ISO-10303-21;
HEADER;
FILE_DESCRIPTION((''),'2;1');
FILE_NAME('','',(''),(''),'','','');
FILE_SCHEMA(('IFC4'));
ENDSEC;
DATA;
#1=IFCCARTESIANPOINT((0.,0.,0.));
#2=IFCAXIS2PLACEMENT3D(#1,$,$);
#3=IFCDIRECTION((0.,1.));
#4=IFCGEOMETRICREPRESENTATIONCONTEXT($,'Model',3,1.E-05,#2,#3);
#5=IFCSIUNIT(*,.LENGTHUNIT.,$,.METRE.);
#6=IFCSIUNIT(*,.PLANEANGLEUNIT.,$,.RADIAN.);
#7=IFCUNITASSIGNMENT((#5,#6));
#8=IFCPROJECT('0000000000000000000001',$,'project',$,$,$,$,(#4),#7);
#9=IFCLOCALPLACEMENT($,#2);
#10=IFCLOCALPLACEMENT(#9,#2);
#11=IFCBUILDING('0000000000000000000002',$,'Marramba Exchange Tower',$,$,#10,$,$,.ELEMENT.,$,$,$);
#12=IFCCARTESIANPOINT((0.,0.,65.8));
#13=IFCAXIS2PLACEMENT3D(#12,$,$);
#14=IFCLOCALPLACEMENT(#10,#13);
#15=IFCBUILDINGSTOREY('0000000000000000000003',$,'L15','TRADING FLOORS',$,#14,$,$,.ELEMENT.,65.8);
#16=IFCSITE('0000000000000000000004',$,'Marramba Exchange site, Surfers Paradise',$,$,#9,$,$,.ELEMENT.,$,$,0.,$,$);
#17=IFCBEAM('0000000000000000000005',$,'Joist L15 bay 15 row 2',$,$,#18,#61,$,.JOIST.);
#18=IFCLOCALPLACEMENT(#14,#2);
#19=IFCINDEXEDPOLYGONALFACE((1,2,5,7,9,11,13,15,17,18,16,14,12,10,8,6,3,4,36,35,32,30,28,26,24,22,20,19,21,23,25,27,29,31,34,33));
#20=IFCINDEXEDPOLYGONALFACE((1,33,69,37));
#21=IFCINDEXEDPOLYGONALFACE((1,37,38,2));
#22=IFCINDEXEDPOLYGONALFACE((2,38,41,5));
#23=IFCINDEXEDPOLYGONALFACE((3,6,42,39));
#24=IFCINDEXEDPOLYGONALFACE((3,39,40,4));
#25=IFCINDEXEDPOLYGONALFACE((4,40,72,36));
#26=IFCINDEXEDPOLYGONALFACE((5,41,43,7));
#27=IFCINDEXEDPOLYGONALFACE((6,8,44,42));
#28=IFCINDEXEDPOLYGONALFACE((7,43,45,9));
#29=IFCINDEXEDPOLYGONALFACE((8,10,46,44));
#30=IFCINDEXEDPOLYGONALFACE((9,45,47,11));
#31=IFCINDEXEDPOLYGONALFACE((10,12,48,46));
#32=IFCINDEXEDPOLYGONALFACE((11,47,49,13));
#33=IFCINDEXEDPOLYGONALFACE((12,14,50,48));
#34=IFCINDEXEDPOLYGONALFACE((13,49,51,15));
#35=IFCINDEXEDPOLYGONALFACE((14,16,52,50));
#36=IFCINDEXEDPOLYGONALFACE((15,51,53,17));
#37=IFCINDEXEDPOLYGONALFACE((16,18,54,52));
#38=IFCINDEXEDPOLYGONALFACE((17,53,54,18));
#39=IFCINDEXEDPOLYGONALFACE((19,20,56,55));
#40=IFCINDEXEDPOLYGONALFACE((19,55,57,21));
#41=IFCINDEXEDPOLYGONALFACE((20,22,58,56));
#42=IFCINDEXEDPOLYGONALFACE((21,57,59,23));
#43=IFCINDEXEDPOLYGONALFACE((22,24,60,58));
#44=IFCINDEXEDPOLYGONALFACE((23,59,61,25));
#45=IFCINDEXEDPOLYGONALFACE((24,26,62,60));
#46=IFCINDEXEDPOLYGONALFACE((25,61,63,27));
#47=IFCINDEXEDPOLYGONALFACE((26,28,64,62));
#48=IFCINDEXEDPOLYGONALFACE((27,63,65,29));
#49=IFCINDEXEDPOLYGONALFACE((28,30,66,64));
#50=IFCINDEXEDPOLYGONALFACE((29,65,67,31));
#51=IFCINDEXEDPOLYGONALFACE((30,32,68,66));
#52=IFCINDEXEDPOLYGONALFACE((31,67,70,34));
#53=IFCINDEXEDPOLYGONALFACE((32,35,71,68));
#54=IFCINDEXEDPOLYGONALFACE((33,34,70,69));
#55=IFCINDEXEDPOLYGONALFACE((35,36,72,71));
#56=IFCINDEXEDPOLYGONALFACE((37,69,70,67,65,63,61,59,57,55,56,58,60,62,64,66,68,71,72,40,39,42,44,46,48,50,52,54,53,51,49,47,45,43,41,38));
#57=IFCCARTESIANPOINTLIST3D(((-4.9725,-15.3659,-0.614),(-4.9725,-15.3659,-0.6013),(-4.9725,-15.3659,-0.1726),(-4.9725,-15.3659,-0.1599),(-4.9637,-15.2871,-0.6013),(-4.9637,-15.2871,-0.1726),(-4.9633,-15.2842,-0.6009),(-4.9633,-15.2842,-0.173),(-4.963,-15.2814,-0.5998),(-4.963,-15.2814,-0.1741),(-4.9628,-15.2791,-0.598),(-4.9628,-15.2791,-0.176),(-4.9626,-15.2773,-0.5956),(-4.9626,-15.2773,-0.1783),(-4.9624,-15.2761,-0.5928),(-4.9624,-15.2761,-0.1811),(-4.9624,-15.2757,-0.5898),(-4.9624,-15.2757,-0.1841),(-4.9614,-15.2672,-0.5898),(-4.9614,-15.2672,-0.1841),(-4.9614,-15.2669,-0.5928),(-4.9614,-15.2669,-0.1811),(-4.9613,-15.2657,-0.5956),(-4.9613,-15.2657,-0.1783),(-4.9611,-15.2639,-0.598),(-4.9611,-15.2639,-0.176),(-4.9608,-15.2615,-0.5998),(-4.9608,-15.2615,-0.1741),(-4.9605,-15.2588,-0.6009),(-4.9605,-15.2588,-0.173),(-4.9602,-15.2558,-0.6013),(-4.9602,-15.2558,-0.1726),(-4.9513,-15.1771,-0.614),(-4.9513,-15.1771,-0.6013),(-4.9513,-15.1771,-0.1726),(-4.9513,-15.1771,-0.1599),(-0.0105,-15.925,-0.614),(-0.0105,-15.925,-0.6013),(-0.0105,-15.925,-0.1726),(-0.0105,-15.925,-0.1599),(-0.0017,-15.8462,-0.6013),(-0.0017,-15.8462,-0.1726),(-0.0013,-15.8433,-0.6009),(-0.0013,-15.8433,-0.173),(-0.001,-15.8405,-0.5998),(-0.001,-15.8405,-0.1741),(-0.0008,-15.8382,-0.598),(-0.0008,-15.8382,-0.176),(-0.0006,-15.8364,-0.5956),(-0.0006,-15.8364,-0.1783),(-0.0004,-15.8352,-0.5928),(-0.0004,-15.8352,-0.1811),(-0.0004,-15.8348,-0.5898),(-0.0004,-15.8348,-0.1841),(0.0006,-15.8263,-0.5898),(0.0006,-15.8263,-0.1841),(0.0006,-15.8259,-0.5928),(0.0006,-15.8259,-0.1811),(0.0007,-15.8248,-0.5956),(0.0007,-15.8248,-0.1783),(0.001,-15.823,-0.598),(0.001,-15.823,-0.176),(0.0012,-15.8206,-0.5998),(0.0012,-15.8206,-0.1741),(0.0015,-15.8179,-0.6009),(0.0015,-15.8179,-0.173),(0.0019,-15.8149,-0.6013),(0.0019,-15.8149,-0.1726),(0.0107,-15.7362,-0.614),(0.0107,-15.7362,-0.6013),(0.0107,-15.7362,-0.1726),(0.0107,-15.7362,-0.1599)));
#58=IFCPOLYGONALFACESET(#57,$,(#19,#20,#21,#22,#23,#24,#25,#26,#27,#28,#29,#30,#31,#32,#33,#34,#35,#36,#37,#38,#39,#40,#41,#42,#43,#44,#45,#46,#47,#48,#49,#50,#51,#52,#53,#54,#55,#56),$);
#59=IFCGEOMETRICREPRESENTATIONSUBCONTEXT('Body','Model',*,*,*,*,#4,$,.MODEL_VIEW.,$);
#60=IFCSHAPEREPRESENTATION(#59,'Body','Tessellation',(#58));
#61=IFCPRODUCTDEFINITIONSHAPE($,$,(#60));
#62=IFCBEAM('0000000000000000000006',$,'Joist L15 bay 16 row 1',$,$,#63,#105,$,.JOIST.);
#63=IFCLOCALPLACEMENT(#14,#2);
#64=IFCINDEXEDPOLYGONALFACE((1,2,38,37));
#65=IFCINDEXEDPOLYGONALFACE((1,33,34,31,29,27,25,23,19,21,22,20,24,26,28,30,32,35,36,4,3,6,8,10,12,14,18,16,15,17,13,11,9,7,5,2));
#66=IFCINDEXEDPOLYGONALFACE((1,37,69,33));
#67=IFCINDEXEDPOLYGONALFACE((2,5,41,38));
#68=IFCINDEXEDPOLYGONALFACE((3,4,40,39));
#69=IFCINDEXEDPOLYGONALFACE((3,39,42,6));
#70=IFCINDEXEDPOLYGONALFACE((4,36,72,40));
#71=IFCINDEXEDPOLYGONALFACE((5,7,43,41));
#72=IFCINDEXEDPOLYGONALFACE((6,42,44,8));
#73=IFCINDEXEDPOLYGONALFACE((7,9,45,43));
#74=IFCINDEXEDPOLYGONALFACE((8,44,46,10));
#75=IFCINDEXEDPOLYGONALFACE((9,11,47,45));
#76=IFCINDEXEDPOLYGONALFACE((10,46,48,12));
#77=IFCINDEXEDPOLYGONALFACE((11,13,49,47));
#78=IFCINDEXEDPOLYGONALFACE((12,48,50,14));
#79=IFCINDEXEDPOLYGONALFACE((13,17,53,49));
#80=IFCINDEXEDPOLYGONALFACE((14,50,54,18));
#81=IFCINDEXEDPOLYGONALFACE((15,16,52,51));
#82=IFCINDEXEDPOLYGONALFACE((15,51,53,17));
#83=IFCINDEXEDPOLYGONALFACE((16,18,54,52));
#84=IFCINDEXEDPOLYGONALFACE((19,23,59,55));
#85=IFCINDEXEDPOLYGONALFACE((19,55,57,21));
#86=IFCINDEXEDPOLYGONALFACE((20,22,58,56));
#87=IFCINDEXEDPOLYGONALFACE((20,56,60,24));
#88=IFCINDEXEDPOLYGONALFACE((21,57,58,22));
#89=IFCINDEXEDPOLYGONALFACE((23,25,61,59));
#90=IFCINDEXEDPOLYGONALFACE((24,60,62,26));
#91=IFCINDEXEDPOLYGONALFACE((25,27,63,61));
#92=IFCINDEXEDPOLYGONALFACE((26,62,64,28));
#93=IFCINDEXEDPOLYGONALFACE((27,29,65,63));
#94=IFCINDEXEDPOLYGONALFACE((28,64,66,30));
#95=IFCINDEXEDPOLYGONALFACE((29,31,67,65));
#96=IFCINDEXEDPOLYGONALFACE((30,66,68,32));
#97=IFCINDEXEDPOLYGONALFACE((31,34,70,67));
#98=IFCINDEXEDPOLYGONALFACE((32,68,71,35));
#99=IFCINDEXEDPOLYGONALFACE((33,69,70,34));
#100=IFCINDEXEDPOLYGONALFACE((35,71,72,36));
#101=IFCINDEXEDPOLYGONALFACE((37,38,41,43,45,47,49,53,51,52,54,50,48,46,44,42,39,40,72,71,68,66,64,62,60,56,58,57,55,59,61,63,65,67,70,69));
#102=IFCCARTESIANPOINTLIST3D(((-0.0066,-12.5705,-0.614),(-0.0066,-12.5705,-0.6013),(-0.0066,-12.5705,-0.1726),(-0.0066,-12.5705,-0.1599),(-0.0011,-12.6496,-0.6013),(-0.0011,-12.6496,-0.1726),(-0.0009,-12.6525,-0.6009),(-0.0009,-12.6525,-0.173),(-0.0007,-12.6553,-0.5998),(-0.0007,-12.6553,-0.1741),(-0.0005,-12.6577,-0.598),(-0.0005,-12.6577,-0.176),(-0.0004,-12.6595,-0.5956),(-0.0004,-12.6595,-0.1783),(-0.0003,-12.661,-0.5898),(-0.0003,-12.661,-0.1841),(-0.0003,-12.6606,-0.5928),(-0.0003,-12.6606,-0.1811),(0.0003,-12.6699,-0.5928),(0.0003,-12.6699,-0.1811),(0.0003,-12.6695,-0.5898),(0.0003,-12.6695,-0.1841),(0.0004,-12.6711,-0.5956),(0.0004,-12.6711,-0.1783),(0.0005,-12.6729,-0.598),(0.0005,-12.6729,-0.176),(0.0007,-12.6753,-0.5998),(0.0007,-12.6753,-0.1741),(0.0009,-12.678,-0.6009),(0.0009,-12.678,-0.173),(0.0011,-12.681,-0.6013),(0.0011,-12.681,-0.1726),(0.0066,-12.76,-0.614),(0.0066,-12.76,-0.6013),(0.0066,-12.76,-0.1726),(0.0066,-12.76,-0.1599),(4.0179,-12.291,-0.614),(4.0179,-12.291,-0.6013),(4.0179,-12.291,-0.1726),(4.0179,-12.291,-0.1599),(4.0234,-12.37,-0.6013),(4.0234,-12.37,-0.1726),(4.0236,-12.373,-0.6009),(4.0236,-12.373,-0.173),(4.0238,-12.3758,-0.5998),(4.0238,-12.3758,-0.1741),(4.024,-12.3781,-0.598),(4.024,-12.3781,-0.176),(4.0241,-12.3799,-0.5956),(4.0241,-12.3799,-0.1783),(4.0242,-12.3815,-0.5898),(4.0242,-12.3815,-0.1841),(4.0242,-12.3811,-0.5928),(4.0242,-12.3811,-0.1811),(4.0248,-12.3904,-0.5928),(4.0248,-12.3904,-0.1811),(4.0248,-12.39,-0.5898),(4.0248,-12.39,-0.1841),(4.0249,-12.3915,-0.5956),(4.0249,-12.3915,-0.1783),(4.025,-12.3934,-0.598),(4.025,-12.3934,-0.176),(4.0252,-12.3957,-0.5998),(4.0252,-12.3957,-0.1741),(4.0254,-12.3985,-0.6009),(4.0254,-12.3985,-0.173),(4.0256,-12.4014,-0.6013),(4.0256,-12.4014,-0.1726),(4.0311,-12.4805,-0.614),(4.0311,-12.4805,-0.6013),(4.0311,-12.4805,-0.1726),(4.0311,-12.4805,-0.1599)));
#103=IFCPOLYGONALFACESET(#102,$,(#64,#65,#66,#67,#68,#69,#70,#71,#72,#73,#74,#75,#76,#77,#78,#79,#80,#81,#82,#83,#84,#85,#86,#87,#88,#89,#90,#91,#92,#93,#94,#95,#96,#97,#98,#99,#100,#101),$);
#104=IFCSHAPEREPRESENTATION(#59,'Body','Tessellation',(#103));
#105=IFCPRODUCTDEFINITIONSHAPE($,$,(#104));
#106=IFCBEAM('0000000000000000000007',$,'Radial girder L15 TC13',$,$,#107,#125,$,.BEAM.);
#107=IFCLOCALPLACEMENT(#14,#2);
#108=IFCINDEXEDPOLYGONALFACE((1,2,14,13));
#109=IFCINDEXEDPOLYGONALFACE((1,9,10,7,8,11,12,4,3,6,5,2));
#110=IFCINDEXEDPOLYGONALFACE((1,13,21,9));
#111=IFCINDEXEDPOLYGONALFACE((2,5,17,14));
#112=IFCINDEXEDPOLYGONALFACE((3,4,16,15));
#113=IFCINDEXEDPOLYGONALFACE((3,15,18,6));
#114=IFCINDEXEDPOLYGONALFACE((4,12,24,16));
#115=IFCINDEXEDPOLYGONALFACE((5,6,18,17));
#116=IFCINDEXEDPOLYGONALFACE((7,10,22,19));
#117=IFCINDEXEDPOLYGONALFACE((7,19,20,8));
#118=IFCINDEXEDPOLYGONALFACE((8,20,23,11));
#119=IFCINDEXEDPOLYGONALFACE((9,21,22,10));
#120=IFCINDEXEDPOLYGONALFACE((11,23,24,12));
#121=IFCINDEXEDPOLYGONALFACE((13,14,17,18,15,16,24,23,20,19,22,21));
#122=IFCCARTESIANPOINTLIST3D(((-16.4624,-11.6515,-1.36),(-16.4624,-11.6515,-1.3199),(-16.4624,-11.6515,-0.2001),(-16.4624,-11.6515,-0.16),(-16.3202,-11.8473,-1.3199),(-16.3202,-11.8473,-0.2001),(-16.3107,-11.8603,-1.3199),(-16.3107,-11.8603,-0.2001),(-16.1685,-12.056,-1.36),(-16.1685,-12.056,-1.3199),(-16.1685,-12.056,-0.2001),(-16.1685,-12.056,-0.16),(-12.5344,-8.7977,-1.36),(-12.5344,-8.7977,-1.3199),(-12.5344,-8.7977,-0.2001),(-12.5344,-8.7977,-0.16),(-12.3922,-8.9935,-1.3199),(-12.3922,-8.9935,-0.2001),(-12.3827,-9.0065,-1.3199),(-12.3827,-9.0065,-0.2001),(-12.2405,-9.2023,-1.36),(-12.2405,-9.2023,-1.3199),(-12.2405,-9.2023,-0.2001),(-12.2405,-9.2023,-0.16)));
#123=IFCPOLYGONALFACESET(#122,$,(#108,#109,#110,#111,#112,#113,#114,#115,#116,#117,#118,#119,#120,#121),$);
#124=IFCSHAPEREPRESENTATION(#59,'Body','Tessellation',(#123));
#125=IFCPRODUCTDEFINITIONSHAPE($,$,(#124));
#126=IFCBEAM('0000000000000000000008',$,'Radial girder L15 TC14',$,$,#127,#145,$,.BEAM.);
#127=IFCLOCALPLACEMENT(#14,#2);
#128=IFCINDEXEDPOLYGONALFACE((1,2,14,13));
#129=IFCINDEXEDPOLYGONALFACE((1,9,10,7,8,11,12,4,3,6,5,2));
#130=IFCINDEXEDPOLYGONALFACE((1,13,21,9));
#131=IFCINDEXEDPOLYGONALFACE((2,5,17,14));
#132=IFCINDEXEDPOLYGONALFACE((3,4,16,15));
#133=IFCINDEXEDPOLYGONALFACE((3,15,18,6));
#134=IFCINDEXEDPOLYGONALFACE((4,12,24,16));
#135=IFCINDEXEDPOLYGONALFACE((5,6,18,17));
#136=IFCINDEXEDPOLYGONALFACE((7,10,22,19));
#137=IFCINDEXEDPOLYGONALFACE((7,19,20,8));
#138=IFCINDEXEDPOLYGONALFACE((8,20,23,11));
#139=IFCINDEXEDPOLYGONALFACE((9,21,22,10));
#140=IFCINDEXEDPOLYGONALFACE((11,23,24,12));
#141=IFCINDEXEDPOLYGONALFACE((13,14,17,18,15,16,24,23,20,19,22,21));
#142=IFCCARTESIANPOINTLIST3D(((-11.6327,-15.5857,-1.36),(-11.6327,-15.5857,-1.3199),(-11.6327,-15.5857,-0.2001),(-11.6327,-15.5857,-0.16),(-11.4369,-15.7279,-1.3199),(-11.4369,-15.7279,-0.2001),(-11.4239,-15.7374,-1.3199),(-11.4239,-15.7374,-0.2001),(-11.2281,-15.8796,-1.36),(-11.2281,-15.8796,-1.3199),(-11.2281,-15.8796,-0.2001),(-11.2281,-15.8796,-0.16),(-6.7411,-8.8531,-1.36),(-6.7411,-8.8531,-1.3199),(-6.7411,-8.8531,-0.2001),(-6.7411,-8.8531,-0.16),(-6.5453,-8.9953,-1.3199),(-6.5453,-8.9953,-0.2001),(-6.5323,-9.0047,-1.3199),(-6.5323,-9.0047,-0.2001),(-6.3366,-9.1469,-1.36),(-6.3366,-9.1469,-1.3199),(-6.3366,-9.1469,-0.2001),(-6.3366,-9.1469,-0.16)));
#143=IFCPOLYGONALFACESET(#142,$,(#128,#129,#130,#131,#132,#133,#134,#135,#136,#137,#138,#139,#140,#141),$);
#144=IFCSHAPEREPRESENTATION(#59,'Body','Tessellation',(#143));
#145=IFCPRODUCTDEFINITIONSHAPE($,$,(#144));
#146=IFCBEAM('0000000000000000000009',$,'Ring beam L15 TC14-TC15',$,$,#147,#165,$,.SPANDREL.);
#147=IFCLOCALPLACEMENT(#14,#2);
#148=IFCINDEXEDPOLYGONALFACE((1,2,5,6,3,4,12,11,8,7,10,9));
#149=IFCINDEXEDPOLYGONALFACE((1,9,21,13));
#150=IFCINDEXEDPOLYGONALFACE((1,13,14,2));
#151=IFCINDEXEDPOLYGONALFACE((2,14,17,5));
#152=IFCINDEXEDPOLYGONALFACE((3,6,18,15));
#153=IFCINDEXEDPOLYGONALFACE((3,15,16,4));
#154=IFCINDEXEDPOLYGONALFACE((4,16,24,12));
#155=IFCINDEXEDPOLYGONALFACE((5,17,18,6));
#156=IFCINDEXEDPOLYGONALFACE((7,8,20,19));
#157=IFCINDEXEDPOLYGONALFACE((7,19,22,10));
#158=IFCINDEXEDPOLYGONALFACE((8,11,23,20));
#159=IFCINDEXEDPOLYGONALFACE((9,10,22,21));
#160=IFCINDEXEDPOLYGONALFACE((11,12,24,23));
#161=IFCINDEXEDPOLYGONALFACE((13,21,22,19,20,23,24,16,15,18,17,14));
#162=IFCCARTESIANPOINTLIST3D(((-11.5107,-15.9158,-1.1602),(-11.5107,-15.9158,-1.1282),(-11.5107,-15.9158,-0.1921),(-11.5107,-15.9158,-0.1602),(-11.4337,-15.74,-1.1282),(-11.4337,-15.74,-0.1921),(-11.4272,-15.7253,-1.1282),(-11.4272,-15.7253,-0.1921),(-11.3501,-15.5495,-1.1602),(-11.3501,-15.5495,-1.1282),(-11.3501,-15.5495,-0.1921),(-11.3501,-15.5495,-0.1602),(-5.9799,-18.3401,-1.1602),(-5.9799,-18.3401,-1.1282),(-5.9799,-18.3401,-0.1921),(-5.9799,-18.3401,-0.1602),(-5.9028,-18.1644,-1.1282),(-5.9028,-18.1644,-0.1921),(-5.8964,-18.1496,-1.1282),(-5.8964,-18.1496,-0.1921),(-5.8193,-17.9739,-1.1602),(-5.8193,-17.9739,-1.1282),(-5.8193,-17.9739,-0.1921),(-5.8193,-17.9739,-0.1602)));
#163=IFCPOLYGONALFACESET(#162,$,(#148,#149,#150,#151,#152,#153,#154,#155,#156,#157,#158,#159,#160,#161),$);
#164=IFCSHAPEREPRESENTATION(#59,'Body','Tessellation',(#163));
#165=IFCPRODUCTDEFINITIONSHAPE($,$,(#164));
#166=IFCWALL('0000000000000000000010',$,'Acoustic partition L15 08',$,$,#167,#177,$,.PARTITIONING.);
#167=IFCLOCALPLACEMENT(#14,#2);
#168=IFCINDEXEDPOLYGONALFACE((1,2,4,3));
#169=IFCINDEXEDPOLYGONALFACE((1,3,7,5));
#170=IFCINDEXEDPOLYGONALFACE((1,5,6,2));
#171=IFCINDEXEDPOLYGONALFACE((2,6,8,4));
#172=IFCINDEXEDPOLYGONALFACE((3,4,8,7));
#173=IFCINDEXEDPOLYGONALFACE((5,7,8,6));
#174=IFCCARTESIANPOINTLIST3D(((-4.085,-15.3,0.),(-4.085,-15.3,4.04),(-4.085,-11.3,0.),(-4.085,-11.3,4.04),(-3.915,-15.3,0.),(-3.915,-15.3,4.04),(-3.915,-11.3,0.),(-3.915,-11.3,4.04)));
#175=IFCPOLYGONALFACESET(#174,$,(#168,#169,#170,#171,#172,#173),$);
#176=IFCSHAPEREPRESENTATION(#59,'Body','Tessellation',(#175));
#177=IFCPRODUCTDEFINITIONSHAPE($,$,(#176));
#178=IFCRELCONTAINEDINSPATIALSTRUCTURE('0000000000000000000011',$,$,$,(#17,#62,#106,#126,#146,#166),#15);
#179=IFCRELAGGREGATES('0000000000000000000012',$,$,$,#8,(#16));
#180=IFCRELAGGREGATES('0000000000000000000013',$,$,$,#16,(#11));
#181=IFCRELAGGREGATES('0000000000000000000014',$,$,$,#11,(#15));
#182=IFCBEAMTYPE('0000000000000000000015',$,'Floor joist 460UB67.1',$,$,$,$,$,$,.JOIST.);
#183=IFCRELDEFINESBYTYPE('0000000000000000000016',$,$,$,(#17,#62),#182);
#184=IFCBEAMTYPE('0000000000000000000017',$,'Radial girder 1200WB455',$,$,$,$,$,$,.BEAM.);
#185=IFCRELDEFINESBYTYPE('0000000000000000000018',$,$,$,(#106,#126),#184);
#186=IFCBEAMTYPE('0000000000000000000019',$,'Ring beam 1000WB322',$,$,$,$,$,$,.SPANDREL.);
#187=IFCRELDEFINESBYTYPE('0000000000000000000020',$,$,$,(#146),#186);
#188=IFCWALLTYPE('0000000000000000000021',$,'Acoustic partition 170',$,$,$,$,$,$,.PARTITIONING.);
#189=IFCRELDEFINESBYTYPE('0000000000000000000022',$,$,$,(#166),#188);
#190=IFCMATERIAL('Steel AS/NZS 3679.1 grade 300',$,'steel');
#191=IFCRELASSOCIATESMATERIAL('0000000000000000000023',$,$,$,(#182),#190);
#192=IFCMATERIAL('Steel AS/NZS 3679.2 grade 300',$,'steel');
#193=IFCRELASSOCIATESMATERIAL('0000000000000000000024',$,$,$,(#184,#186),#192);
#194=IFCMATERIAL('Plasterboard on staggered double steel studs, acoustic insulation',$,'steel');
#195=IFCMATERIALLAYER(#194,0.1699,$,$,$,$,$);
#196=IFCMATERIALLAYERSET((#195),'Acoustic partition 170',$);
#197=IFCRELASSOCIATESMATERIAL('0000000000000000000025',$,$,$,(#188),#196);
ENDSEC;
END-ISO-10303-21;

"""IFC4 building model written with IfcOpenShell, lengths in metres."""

from ifc_helpers import new_model, si_unit, direction, frame, frame_2d, origin, origin_2d, place, context, subcontext, project, spatial, rectangle, i_section, extrude, material, layer, layer_set, material_profile, profile_set, type_object, element, save


model = new_model("IFC4")

# Units and contexts
model_context = context("Model", 3, precision=1e-05, world=origin(), true_north=direction((0.0, 1.0)))
body_context = subcontext(model_context, "Body", "Model", "MODEL_VIEW")
ifc_project = project(units=[si_unit("LENGTHUNIT", "METRE"), si_unit("PLANEANGLEUNIT", "RADIAN")], contexts=[model_context])

# Site, building, storey
site_placement = place(None, origin())
site = spatial("IfcSite", under=ifc_project, at=site_placement, Name="Marramba Exchange site, Surfers Paradise", CompositionType="ELEMENT", RefElevation=0.0)
building_placement = place(site_placement, origin())
building = spatial("IfcBuilding", under=site, at=building_placement, Name="Marramba Exchange Tower", CompositionType="ELEMENT")
storey_placement = place(building_placement, frame((0.0, 0.0, 65.8)))
storey = spatial("IfcBuildingStorey", under=building, at=storey_placement, Name="L15", Description="TRADING FLOORS", CompositionType="ELEMENT", Elevation=65.8)

# Beams
ifc_material_1 = material(Name="Steel AS/NZS 3679.2 grade 300", Category="steel")
ifc_material_2 = material(Name="Steel AS/NZS 3679.1 grade 300", Category="steel")
ifc_material_profile_1 = material_profile(ifc_material_2, i_section(OverallWidth=0.1899, OverallDepth=0.4541, WebThickness=0.0085, FlangeThickness=0.0127, FilletRadius=0.0115, at=origin_2d()), Name="460UB67.1")
ifc_profile_set_1 = profile_set([ifc_material_profile_1], Name="Steel AS/NZS 3679.1 grade 300")
beam_type_1 = type_object("IfcBeamType", Name="Floor joist 460UB67.1", PredefinedType="JOIST", material=ifc_profile_set_1)
beam_1_placement = place(storey_placement, frame((-4.9619, -15.2715, -0.387), z_axis=(0.993712, -0.111966, 0.0), x_axis=(0.111966, 0.993712, 0.0)))
element("IfcBeam", 1, at=beam_1_placement, inside=storey, type_object=beam_type_1, Name="Joist L15 bay 15 row 2", PredefinedType="JOIST", context=body_context, shape_type="SweptSolid", body=[
    extrude(i_section(OverallWidth=0.1899, OverallDepth=0.4541, WebThickness=0.0085, FlangeThickness=0.0127, FilletRadius=0.0115, at=origin_2d()), origin(), (0.0, 0.0, 1.0), 4.9934),
])
beam_2_placement = place(storey_placement, frame((0.0, -12.6653, -0.387), z_axis=(0.997596, 0.069294, 0.0), x_axis=(-0.069294, 0.997596, 0.0)))
element("IfcBeam", 2, at=beam_2_placement, inside=storey, type_object=beam_type_1, Name="Joist L15 bay 16 row 1", PredefinedType="JOIST", context=body_context, shape_type="SweptSolid", body=[
    extrude(i_section(OverallWidth=0.1899, OverallDepth=0.4541, WebThickness=0.0085, FlangeThickness=0.0127, FilletRadius=0.0115, at=origin_2d()), origin(), (0.0, 0.0, 1.0), 4.0342),
])
ifc_material_profile_2 = material_profile(ifc_material_1, i_section(OverallWidth=0.5, OverallDepth=1.2, WebThickness=0.0161, FlangeThickness=0.04, at=origin_2d()), Name="1200WB455")
ifc_profile_set_2 = profile_set([ifc_material_profile_2], Name="Steel AS/NZS 3679.2 grade 300")
beam_type_2 = type_object("IfcBeamType", Name="Radial girder 1200WB455", PredefinedType="BEAM", material=ifc_profile_set_2)
beam_3_placement = place(storey_placement, frame((-12.3875, -9.0, -0.76), z_axis=(-0.809025, -0.587774, 0.0), x_axis=(0.587774, -0.809025, 0.0)))
element("IfcBeam", 3, at=beam_3_placement, inside=storey, type_object=beam_type_2, Name="Radial girder L15 TC13", PredefinedType="BEAM", context=body_context, shape_type="SweptSolid", body=[
    extrude(i_section(OverallWidth=0.5, OverallDepth=1.2, WebThickness=0.0161, FlangeThickness=0.04, at=origin_2d()), origin(), (0.0, 0.0, 1.0), 4.8552),
])
beam_4_placement = place(storey_placement, frame((-6.5388, -9.0, -0.76), z_axis=(-0.587788, -0.809015, 0.0), x_axis=(0.809015, -0.587788, 0.0)))
element("IfcBeam", 4, at=beam_4_placement, inside=storey, type_object=beam_type_2, Name="Radial girder L15 TC14", PredefinedType="BEAM", context=body_context, shape_type="SweptSolid", body=[
    extrude(i_section(OverallWidth=0.5, OverallDepth=1.2, WebThickness=0.0161, FlangeThickness=0.04, at=origin_2d()), origin(), (0.0, 0.0, 1.0), 8.322),
])
ifc_material_profile_3 = material_profile(ifc_material_1, i_section(OverallWidth=0.3999, OverallDepth=1.0, WebThickness=0.0161, FlangeThickness=0.032, at=origin_2d()), Name="1000WB322")
ifc_profile_set_3 = profile_set([ifc_material_profile_3], Name="Steel AS/NZS 3679.2 grade 300")
beam_type_3 = type_object("IfcBeamType", Name="Ring beam 1000WB322", PredefinedType="SPANDREL", material=ifc_profile_set_3)
beam_5_placement = place(storey_placement, frame((-11.4304, -15.7327, -0.6602), z_axis=(0.915877, -0.401459, 0.0), x_axis=(0.401459, 0.915877, 0.0)))
element("IfcBeam", 5, at=beam_5_placement, inside=storey, type_object=beam_type_3, Name="Ring beam L15 TC14-TC15", PredefinedType="SPANDREL", context=body_context, shape_type="SweptSolid", body=[
    extrude(i_section(OverallWidth=0.3999, OverallDepth=1.0, WebThickness=0.0161, FlangeThickness=0.032, at=origin_2d()), origin(), (0.0, 0.0, 1.0), 6.0388),
])

# Wall
ifc_material_3 = material(Name="Plasterboard on staggered double steel studs, acoustic insulation", Category="steel")
ifc_layer_1 = layer(ifc_material_3, 0.1699)
ifc_layer_set_1 = layer_set([ifc_layer_1], Name="Acoustic partition 170")
wall_type_1 = type_object("IfcWallType", Name="Acoustic partition 170", PredefinedType="PARTITIONING", material=ifc_layer_set_1)
wall_1_placement = place(storey_placement, frame((-4.0, -11.3, 0.0), z_axis=(0.0, 0.0, 1.0), x_axis=(0.0, -1.0, 0.0)))
element("IfcWall", 6, at=wall_1_placement, inside=storey, type_object=wall_type_1, Name="Acoustic partition L15 08", PredefinedType="PARTITIONING", context=body_context, shape_type="SweptSolid", body=[
    extrude(rectangle(XDim=4.0, YDim=0.1699, at=frame_2d((2.0, 0.0))), origin(), (0.0, 0.0, 1.0), 4.04),
])

save(model, "model.ifc")
